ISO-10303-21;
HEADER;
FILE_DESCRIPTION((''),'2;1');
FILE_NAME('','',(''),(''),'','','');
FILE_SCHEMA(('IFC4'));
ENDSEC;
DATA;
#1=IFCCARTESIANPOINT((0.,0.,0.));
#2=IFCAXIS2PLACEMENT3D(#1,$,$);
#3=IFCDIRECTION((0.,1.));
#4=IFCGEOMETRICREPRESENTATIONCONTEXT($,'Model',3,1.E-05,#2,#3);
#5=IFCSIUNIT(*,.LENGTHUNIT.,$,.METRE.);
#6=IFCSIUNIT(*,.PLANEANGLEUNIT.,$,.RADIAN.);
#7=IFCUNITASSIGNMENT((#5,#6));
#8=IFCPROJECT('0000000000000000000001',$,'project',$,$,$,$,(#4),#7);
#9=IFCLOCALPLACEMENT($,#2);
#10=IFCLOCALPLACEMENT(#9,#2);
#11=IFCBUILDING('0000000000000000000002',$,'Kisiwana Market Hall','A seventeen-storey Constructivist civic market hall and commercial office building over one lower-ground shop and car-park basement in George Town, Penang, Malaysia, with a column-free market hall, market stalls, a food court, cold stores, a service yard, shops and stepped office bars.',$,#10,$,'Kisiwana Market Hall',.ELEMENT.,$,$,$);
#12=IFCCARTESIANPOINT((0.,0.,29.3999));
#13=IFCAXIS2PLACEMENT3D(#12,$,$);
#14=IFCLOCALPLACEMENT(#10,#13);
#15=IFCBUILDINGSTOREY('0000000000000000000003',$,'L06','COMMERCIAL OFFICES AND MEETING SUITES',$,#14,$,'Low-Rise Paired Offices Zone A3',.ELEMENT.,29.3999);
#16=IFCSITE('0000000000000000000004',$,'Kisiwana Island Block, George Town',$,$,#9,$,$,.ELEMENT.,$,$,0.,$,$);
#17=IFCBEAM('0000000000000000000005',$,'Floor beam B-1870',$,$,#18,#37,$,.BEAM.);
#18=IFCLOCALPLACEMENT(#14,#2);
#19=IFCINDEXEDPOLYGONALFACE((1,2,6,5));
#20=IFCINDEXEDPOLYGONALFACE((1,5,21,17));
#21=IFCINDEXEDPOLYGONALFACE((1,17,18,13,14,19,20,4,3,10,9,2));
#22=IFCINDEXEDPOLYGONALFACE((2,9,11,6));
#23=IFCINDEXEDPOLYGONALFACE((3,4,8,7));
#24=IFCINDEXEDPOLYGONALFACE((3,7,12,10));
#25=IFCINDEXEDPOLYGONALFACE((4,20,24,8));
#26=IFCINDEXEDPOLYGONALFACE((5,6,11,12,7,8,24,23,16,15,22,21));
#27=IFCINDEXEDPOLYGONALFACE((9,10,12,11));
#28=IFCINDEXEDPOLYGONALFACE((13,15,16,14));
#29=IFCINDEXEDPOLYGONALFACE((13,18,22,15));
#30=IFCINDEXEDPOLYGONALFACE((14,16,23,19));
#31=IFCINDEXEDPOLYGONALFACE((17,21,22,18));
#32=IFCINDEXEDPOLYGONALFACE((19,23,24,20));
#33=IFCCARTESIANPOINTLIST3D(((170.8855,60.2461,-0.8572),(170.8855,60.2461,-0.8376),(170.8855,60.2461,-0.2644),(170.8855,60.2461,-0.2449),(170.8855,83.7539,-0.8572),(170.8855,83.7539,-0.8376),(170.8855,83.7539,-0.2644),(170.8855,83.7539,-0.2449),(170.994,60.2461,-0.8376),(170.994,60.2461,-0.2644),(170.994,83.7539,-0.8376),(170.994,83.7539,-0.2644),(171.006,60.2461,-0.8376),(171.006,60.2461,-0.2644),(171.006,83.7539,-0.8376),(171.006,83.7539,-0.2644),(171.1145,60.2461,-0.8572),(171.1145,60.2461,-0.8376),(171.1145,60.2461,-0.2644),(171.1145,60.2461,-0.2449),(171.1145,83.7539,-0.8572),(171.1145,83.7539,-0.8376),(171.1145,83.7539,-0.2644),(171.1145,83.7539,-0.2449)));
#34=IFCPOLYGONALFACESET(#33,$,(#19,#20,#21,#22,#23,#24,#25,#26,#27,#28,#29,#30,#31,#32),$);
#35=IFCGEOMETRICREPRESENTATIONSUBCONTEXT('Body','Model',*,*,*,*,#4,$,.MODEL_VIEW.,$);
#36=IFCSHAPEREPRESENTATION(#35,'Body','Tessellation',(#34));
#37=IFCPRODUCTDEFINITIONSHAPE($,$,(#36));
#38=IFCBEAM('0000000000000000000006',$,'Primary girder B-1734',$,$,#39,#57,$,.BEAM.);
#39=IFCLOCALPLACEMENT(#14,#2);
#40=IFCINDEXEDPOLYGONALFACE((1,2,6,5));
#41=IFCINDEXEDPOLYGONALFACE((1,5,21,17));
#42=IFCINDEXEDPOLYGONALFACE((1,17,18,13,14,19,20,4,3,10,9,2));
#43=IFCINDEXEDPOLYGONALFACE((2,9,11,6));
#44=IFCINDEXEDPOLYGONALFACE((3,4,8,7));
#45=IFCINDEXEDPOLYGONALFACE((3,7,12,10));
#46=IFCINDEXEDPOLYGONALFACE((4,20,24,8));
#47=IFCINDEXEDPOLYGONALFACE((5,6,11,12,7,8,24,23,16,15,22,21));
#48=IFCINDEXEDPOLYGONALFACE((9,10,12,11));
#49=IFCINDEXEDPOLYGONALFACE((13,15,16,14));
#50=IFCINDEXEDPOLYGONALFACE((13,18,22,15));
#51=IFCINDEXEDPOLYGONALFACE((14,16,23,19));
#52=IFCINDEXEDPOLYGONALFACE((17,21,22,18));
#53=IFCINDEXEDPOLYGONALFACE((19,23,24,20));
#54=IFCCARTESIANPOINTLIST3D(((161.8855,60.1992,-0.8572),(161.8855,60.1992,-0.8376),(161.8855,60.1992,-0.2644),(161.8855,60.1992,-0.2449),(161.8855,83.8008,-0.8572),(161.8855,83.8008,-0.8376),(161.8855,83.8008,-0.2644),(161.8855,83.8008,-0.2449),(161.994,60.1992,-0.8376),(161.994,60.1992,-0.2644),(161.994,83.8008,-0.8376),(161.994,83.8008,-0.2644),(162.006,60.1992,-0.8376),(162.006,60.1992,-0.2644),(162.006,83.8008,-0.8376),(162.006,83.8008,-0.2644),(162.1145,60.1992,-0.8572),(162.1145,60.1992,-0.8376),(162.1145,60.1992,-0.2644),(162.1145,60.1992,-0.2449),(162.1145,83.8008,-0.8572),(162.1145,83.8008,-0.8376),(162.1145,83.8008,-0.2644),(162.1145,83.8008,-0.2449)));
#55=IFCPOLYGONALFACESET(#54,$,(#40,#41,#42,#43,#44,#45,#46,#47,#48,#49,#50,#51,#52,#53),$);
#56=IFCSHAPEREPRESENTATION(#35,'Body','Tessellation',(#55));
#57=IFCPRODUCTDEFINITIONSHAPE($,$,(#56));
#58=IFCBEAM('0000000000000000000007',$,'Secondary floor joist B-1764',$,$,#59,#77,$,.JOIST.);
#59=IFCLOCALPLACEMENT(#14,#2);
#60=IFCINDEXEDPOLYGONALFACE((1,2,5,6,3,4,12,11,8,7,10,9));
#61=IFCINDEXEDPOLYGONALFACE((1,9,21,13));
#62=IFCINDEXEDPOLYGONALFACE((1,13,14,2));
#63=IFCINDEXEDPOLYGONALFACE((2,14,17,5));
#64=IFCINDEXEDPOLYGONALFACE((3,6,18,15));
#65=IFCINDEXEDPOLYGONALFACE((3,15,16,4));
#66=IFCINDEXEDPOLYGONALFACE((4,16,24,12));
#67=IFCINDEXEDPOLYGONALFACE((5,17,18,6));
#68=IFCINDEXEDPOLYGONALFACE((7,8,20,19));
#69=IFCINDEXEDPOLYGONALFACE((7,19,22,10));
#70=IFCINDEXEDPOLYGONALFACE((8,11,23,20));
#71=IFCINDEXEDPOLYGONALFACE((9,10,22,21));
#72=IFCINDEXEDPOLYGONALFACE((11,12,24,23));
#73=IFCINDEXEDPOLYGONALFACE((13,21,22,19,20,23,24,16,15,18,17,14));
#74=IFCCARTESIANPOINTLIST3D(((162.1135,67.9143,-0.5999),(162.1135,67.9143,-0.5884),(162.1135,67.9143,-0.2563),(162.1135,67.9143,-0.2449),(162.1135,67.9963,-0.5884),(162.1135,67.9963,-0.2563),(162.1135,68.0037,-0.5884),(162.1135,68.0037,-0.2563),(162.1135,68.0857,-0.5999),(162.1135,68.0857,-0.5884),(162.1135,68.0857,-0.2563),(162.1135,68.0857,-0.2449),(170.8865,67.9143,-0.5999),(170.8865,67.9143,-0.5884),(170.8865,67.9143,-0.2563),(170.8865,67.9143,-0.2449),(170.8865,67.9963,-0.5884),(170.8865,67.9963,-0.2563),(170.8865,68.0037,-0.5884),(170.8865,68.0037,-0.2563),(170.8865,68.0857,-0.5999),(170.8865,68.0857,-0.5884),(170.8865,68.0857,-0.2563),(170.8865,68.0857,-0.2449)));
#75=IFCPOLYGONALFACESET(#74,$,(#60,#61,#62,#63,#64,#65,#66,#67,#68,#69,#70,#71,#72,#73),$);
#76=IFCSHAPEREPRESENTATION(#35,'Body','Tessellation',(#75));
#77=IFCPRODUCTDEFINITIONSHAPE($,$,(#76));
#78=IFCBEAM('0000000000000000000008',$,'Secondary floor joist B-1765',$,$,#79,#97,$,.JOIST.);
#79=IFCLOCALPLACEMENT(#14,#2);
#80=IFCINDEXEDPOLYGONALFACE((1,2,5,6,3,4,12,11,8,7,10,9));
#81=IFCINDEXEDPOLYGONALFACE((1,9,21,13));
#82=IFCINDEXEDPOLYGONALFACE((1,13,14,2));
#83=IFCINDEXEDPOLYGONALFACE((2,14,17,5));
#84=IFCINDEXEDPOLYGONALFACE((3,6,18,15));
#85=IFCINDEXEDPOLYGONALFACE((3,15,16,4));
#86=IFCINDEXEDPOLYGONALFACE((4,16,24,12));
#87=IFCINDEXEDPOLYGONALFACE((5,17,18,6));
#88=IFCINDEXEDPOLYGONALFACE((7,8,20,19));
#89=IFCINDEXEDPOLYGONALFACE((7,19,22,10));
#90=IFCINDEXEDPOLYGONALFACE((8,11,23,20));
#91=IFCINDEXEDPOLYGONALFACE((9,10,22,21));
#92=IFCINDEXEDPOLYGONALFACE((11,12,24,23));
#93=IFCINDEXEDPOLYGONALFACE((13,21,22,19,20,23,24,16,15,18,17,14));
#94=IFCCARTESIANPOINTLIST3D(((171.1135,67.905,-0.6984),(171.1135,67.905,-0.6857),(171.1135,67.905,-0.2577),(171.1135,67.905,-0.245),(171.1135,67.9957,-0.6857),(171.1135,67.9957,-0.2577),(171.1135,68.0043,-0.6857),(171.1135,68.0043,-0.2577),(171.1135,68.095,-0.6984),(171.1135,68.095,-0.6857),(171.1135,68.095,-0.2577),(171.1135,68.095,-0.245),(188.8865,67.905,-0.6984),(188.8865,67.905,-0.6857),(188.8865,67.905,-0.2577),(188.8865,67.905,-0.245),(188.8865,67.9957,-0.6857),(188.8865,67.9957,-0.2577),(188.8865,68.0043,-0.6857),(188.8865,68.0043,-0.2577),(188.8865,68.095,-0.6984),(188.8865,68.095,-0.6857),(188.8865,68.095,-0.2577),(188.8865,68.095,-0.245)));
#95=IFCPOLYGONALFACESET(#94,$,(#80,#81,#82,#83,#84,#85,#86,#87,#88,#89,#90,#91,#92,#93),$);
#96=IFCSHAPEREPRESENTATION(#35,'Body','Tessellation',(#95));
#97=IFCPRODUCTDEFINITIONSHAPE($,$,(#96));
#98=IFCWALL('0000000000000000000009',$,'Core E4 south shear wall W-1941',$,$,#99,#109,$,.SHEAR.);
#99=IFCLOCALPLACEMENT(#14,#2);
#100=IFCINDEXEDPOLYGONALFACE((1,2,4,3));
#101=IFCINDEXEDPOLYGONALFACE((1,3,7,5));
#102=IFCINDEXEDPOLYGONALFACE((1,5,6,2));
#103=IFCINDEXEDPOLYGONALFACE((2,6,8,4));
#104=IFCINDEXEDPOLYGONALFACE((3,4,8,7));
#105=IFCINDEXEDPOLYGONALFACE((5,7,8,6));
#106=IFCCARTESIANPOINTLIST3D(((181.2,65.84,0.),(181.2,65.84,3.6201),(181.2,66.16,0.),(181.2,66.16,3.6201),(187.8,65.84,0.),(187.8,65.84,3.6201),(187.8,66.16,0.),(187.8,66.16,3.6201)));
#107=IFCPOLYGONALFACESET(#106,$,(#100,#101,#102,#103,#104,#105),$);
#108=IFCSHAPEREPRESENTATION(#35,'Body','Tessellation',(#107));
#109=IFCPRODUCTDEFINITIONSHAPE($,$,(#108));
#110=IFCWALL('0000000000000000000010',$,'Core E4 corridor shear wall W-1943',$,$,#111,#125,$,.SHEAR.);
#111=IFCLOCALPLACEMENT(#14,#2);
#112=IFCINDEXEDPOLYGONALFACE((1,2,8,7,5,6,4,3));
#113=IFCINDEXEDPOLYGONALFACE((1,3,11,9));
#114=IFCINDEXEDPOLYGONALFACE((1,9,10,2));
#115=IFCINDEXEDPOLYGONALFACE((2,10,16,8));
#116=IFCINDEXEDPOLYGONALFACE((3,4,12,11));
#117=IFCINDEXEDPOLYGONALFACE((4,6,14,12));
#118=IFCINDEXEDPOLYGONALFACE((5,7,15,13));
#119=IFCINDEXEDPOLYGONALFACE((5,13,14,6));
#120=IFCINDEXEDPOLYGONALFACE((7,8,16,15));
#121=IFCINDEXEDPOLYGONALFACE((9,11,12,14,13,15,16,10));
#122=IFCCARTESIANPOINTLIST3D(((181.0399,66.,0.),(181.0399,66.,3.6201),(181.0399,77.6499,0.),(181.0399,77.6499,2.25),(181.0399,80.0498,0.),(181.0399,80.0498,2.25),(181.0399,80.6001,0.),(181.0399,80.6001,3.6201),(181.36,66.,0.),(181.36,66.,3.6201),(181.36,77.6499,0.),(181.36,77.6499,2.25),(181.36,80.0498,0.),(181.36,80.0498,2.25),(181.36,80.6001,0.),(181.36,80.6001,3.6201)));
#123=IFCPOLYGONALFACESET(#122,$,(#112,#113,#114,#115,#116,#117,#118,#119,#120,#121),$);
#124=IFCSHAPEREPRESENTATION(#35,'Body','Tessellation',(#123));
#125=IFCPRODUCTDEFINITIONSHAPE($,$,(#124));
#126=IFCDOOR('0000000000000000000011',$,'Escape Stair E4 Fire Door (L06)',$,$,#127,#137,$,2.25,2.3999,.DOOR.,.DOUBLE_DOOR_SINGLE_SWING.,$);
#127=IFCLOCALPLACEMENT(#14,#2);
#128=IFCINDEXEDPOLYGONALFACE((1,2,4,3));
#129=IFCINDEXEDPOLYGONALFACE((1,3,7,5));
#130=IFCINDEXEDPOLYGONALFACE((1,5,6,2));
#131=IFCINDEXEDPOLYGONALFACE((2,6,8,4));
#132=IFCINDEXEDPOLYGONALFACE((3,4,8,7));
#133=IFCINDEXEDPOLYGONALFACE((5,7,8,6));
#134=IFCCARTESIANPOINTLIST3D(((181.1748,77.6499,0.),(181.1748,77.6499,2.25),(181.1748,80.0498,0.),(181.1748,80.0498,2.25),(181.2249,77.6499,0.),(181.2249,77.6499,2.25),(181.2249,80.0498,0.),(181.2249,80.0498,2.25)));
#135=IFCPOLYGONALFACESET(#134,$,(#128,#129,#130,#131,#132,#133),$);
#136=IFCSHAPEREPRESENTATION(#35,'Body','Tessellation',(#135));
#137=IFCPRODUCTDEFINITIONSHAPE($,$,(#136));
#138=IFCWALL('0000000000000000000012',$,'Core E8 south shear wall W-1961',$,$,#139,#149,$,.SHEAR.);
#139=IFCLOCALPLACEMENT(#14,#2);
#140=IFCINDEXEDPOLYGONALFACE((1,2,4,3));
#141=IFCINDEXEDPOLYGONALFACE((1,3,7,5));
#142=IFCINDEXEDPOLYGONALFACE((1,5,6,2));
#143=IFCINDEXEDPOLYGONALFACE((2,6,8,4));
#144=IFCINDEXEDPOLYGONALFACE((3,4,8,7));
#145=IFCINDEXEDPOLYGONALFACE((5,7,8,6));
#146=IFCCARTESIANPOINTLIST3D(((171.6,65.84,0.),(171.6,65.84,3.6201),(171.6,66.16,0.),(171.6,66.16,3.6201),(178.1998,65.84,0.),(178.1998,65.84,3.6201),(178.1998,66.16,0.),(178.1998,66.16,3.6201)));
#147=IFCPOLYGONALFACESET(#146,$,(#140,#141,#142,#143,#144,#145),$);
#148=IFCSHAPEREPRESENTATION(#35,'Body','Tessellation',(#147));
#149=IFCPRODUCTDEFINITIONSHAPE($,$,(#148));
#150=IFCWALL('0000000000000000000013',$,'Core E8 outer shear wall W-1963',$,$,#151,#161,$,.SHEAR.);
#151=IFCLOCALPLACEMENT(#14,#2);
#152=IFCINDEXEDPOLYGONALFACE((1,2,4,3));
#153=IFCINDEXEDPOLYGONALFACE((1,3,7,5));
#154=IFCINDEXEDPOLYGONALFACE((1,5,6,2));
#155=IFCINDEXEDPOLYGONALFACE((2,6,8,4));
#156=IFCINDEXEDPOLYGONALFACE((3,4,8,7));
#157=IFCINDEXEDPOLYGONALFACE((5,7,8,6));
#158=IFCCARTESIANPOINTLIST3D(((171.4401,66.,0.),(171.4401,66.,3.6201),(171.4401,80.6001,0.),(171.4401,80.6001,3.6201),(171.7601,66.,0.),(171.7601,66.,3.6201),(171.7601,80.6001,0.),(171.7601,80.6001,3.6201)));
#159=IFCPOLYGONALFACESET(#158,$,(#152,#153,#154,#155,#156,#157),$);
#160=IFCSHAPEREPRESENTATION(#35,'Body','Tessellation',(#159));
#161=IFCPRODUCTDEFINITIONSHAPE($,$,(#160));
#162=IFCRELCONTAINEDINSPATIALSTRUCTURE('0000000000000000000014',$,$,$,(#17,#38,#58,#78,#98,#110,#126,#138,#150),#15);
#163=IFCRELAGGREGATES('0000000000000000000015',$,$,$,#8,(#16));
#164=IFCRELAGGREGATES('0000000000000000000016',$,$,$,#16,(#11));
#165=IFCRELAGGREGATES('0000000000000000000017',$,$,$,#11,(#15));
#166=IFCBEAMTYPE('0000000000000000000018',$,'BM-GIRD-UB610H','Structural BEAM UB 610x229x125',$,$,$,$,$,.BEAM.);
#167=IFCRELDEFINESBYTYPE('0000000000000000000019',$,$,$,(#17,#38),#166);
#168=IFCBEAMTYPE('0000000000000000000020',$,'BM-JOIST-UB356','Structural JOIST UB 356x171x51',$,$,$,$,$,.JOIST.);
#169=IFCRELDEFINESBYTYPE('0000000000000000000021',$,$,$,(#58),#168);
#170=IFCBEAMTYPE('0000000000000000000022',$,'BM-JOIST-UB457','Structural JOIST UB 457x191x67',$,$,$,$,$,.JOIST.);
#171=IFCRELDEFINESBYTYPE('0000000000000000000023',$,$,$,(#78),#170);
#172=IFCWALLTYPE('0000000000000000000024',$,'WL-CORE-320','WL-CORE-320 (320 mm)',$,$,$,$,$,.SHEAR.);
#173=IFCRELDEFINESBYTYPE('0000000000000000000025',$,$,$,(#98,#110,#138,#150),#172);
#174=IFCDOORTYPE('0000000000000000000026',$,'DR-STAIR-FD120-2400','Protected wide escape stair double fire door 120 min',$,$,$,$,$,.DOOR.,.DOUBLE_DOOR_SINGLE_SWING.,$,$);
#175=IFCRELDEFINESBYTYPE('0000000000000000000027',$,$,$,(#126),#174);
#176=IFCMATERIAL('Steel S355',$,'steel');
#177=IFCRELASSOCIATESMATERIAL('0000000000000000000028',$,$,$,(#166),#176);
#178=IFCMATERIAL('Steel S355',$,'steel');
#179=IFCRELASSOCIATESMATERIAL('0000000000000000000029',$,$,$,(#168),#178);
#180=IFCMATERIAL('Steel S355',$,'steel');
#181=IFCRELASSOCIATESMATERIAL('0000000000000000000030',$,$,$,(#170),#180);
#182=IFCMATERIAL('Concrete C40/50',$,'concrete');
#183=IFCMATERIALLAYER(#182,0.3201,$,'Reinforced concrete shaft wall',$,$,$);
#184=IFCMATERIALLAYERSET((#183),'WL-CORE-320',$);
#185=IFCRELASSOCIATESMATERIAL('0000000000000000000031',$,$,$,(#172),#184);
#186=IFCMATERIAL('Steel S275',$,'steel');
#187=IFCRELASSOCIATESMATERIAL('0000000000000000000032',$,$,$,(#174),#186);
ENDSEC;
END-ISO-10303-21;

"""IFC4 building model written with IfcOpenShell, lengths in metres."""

from ifc_helpers import new_model, si_unit, direction, frame, frame_2d, origin, origin_2d, place, context, subcontext, project, spatial, rectangle, i_section, extrude, material, layer, layer_set, material_profile, profile_set, type_object, element, fill, save


model = new_model("IFC4")

# Units and contexts
model_context = context("Model", 3, precision=1e-05, world=origin(), true_north=direction((0.0, 1.0)))
body_context = subcontext(model_context, "Body", "Model", "MODEL_VIEW")
ifc_project = project(units=[si_unit("LENGTHUNIT", "METRE"), si_unit("PLANEANGLEUNIT", "RADIAN")], contexts=[model_context])

# Site, building, storey
site_placement = place(None, origin())
site = spatial("IfcSite", under=ifc_project, at=site_placement, Name="Kisiwana Island Block, George Town", CompositionType="ELEMENT", RefElevation=0.0)
building_placement = place(site_placement, origin())
building = spatial("IfcBuilding", under=site, at=building_placement, Name="Kisiwana Market Hall", Description="A seventeen-storey Constructivist civic market hall and commercial office building over one lower-ground shop and car-park basement in George Town, Penang, Malaysia, with a column-free market hall, market stalls, a food court, cold stores, a service yard, shops and stepped office bars.", LongName="Kisiwana Market Hall", CompositionType="ELEMENT")
storey_placement = place(building_placement, frame((0.0, 0.0, 29.3999)))
storey = spatial("IfcBuildingStorey", under=building, at=storey_placement, Name="L06", Description="COMMERCIAL OFFICES AND MEETING SUITES", LongName="Low-Rise Paired Offices Zone A3", CompositionType="ELEMENT", Elevation=29.3999)

# Beams
ifc_material_1 = material(Name="Steel S355", Category="steel")
ifc_material_profile_1 = material_profile(ifc_material_1, i_section(OverallWidth=0.229, OverallDepth=0.6123, WebThickness=0.012, FlangeThickness=0.0195, at=origin_2d()), Name="UB 610x229x125")
ifc_profile_set_1 = profile_set([ifc_material_profile_1], Name="Steel S355")
beam_type_1 = type_object("IfcBeamType", Name="BM-GIRD-UB610H", Description="Structural BEAM UB 610x229x125", PredefinedType="BEAM", material=ifc_profile_set_1)
beam_1_placement = place(storey_placement, frame((171.0, 60.2461, -0.551), z_axis=(0.0, 1.0, 0.0), x_axis=(-1.0, 0.0, 0.0)))
element("IfcBeam", 1, at=beam_1_placement, inside=storey, type_object=beam_type_1, Name="Floor beam B-1870", PredefinedType="BEAM", context=body_context, shape_type="SweptSolid", body=[
    extrude(i_section(OverallWidth=0.229, OverallDepth=0.6123, WebThickness=0.012, FlangeThickness=0.0195, at=origin_2d()), origin(), (0.0, 0.0, 1.0), 23.5078),
])
beam_2_placement = place(storey_placement, frame((162.0, 60.1992, -0.551), z_axis=(0.0, 1.0, 0.0), x_axis=(-1.0, 0.0, 0.0)))
element("IfcBeam", 2, at=beam_2_placement, inside=storey, type_object=beam_type_1, Name="Primary girder B-1734", PredefinedType="BEAM", context=body_context, shape_type="SweptSolid", body=[
    extrude(i_section(OverallWidth=0.229, OverallDepth=0.6123, WebThickness=0.012, FlangeThickness=0.0195, at=origin_2d()), origin(), (0.0, 0.0, 1.0), 23.6016),
])
ifc_material_2 = material(Name="Steel S355", Category="steel")
ifc_material_profile_2 = material_profile(ifc_material_2, i_section(OverallWidth=0.1714, OverallDepth=0.355, WebThickness=0.0073, FlangeThickness=0.0115, at=origin_2d()), Name="UB 356x171x51")
ifc_profile_set_2 = profile_set([ifc_material_profile_2], Name="Steel S355")
beam_type_2 = type_object("IfcBeamType", Name="BM-JOIST-UB356", Description="Structural JOIST UB 356x171x51", PredefinedType="JOIST", material=ifc_profile_set_2)
beam_3_placement = place(storey_placement, frame((162.1135, 68.0, -0.4224), z_axis=(1.0, 0.0, 0.0), x_axis=(0.0, 1.0, 0.0)))
element("IfcBeam", 3, at=beam_3_placement, inside=storey, type_object=beam_type_2, Name="Secondary floor joist B-1764", PredefinedType="JOIST", context=body_context, shape_type="SweptSolid", body=[
    extrude(i_section(OverallWidth=0.1714, OverallDepth=0.355, WebThickness=0.0073, FlangeThickness=0.0115, at=origin_2d()), origin(), (0.0, 0.0, 1.0), 8.7729),
])
ifc_material_3 = material(Name="Steel S355", Category="steel")
ifc_material_profile_3 = material_profile(ifc_material_3, i_section(OverallWidth=0.1899, OverallDepth=0.4534, WebThickness=0.0085, FlangeThickness=0.0127, at=origin_2d()), Name="UB 457x191x67")
ifc_profile_set_3 = profile_set([ifc_material_profile_3], Name="Steel S355")
beam_type_3 = type_object("IfcBeamType", Name="BM-JOIST-UB457", Description="Structural JOIST UB 457x191x67", PredefinedType="JOIST", material=ifc_profile_set_3)
beam_4_placement = place(storey_placement, frame((171.1135, 68.0, -0.4717), z_axis=(1.0, 0.0, 0.0), x_axis=(0.0, 1.0, 0.0)))
element("IfcBeam", 4, at=beam_4_placement, inside=storey, type_object=beam_type_3, Name="Secondary floor joist B-1765", PredefinedType="JOIST", context=body_context, shape_type="SweptSolid", body=[
    extrude(i_section(OverallWidth=0.1899, OverallDepth=0.4534, WebThickness=0.0085, FlangeThickness=0.0127, at=origin_2d()), origin(), (0.0, 0.0, 1.0), 17.7729),
])

# Wall
ifc_material_4 = material(Name="Concrete C40/50", Category="concrete")
ifc_layer_1 = layer(ifc_material_4, 0.3201, Name="Reinforced concrete shaft wall")
ifc_layer_set_1 = layer_set([ifc_layer_1], Name="WL-CORE-320")
wall_type_1 = type_object("IfcWallType", Name="WL-CORE-320", Description="WL-CORE-320 (320 mm)", PredefinedType="SHEAR", material=ifc_layer_set_1)
wall_1_placement = place(storey_placement, frame((181.2, 66.0, 0.0), z_axis=(0.0, 0.0, 1.0), x_axis=(1.0, 0.0, 0.0)))
element("IfcWall", 5, at=wall_1_placement, inside=storey, type_object=wall_type_1, Name="Core E4 south shear wall W-1941", PredefinedType="SHEAR", context=body_context, shape_type="SweptSolid", body=[
    extrude(rectangle(XDim=6.6001, YDim=0.3201, at=frame_2d((3.3, 0.0))), origin(), (0.0, 0.0, 1.0), 3.6201),
])

# Wall, opening, door
wall_2_placement = place(storey_placement, frame((181.2, 66.0, 0.0), z_axis=(0.0, 0.0, 1.0), x_axis=(0.0, 1.0, 0.0)))
wall_2 = element("IfcWall", 6, at=wall_2_placement, inside=storey, type_object=wall_type_1, Name="Core E4 corridor shear wall W-1943", PredefinedType="SHEAR", context=body_context, shape_type="SweptSolid", body=[
    extrude(rectangle(XDim=14.6001, YDim=0.3201, at=frame_2d((7.3, 0.0))), origin(), (0.0, 0.0, 1.0), 3.6201),
])
opening_1_placement = place(wall_2_placement, frame((11.6499, 0.0, 0.0)))
opening_1 = element("IfcOpeningElement", 7, at=opening_1_placement, cuts=wall_2, PredefinedType="OPENING", context=body_context, shape_type="SweptSolid", body=[
    extrude(rectangle(XDim=2.3999, YDim=2.25, at=frame_2d((1.2, 1.125))), frame((0.0, 0.1719, 0.0), z_axis=(0.0, -1.0, 0.0), x_axis=(1.0, 0.0, 0.0)), (0.0, 0.0, 1.0), 0.344),
])
ifc_material_5 = material(Name="Steel S275", Category="steel")
door_type = type_object("IfcDoorType", Name="DR-STAIR-FD120-2400", Description="Protected wide escape stair double fire door 120 min", OperationType="DOUBLE_DOOR_SINGLE_SWING", PredefinedType="DOOR", material=ifc_material_5)
door_1_placement = place(opening_1_placement, frame((2.3999, 0.0, 0.0), z_axis=(0.0, 0.0, 1.0), x_axis=(-1.0, 0.0, 0.0)))
door_1 = element("IfcDoor", 8, at=door_1_placement, inside=storey, type_object=door_type, Name="Escape Stair E4 Fire Door (L06)", OperationType="DOUBLE_DOOR_SINGLE_SWING", OverallHeight=2.25, OverallWidth=2.3999, PredefinedType="DOOR", context=body_context, shape_type="SweptSolid", body=[
    extrude(rectangle(XDim=2.3999, YDim=2.25, at=frame_2d((1.2, 1.125))), frame((0.0, 0.0249, 0.0), z_axis=(0.0, -1.0, 0.0), x_axis=(1.0, 0.0, 0.0)), (0.0, 0.0, 1.0), 0.05),
])
fill(opening_1, door_1)

# Walls
wall_3_placement = place(storey_placement, frame((171.6001, 66.0, 0.0), z_axis=(0.0, 0.0, 1.0), x_axis=(1.0, 0.0, 0.0)))
element("IfcWall", 9, at=wall_3_placement, inside=storey, type_object=wall_type_1, Name="Core E8 south shear wall W-1961", PredefinedType="SHEAR", context=body_context, shape_type="SweptSolid", body=[
    extrude(rectangle(XDim=6.5999, YDim=0.3201, at=frame_2d((3.2998, 0.0))), origin(), (0.0, 0.0, 1.0), 3.6201),
])
wall_4_placement = place(storey_placement, frame((171.6001, 66.0, 0.0), z_axis=(0.0, 0.0, 1.0), x_axis=(0.0, 1.0, 0.0)))
element("IfcWall", 10, at=wall_4_placement, inside=storey, type_object=wall_type_1, Name="Core E8 outer shear wall W-1963", PredefinedType="SHEAR", context=body_context, shape_type="SweptSolid", body=[
    extrude(rectangle(XDim=14.6001, YDim=0.3201, at=frame_2d((7.3, 0.0))), origin(), (0.0, 0.0, 1.0), 3.6201),
])

save(model, "model.ifc")
